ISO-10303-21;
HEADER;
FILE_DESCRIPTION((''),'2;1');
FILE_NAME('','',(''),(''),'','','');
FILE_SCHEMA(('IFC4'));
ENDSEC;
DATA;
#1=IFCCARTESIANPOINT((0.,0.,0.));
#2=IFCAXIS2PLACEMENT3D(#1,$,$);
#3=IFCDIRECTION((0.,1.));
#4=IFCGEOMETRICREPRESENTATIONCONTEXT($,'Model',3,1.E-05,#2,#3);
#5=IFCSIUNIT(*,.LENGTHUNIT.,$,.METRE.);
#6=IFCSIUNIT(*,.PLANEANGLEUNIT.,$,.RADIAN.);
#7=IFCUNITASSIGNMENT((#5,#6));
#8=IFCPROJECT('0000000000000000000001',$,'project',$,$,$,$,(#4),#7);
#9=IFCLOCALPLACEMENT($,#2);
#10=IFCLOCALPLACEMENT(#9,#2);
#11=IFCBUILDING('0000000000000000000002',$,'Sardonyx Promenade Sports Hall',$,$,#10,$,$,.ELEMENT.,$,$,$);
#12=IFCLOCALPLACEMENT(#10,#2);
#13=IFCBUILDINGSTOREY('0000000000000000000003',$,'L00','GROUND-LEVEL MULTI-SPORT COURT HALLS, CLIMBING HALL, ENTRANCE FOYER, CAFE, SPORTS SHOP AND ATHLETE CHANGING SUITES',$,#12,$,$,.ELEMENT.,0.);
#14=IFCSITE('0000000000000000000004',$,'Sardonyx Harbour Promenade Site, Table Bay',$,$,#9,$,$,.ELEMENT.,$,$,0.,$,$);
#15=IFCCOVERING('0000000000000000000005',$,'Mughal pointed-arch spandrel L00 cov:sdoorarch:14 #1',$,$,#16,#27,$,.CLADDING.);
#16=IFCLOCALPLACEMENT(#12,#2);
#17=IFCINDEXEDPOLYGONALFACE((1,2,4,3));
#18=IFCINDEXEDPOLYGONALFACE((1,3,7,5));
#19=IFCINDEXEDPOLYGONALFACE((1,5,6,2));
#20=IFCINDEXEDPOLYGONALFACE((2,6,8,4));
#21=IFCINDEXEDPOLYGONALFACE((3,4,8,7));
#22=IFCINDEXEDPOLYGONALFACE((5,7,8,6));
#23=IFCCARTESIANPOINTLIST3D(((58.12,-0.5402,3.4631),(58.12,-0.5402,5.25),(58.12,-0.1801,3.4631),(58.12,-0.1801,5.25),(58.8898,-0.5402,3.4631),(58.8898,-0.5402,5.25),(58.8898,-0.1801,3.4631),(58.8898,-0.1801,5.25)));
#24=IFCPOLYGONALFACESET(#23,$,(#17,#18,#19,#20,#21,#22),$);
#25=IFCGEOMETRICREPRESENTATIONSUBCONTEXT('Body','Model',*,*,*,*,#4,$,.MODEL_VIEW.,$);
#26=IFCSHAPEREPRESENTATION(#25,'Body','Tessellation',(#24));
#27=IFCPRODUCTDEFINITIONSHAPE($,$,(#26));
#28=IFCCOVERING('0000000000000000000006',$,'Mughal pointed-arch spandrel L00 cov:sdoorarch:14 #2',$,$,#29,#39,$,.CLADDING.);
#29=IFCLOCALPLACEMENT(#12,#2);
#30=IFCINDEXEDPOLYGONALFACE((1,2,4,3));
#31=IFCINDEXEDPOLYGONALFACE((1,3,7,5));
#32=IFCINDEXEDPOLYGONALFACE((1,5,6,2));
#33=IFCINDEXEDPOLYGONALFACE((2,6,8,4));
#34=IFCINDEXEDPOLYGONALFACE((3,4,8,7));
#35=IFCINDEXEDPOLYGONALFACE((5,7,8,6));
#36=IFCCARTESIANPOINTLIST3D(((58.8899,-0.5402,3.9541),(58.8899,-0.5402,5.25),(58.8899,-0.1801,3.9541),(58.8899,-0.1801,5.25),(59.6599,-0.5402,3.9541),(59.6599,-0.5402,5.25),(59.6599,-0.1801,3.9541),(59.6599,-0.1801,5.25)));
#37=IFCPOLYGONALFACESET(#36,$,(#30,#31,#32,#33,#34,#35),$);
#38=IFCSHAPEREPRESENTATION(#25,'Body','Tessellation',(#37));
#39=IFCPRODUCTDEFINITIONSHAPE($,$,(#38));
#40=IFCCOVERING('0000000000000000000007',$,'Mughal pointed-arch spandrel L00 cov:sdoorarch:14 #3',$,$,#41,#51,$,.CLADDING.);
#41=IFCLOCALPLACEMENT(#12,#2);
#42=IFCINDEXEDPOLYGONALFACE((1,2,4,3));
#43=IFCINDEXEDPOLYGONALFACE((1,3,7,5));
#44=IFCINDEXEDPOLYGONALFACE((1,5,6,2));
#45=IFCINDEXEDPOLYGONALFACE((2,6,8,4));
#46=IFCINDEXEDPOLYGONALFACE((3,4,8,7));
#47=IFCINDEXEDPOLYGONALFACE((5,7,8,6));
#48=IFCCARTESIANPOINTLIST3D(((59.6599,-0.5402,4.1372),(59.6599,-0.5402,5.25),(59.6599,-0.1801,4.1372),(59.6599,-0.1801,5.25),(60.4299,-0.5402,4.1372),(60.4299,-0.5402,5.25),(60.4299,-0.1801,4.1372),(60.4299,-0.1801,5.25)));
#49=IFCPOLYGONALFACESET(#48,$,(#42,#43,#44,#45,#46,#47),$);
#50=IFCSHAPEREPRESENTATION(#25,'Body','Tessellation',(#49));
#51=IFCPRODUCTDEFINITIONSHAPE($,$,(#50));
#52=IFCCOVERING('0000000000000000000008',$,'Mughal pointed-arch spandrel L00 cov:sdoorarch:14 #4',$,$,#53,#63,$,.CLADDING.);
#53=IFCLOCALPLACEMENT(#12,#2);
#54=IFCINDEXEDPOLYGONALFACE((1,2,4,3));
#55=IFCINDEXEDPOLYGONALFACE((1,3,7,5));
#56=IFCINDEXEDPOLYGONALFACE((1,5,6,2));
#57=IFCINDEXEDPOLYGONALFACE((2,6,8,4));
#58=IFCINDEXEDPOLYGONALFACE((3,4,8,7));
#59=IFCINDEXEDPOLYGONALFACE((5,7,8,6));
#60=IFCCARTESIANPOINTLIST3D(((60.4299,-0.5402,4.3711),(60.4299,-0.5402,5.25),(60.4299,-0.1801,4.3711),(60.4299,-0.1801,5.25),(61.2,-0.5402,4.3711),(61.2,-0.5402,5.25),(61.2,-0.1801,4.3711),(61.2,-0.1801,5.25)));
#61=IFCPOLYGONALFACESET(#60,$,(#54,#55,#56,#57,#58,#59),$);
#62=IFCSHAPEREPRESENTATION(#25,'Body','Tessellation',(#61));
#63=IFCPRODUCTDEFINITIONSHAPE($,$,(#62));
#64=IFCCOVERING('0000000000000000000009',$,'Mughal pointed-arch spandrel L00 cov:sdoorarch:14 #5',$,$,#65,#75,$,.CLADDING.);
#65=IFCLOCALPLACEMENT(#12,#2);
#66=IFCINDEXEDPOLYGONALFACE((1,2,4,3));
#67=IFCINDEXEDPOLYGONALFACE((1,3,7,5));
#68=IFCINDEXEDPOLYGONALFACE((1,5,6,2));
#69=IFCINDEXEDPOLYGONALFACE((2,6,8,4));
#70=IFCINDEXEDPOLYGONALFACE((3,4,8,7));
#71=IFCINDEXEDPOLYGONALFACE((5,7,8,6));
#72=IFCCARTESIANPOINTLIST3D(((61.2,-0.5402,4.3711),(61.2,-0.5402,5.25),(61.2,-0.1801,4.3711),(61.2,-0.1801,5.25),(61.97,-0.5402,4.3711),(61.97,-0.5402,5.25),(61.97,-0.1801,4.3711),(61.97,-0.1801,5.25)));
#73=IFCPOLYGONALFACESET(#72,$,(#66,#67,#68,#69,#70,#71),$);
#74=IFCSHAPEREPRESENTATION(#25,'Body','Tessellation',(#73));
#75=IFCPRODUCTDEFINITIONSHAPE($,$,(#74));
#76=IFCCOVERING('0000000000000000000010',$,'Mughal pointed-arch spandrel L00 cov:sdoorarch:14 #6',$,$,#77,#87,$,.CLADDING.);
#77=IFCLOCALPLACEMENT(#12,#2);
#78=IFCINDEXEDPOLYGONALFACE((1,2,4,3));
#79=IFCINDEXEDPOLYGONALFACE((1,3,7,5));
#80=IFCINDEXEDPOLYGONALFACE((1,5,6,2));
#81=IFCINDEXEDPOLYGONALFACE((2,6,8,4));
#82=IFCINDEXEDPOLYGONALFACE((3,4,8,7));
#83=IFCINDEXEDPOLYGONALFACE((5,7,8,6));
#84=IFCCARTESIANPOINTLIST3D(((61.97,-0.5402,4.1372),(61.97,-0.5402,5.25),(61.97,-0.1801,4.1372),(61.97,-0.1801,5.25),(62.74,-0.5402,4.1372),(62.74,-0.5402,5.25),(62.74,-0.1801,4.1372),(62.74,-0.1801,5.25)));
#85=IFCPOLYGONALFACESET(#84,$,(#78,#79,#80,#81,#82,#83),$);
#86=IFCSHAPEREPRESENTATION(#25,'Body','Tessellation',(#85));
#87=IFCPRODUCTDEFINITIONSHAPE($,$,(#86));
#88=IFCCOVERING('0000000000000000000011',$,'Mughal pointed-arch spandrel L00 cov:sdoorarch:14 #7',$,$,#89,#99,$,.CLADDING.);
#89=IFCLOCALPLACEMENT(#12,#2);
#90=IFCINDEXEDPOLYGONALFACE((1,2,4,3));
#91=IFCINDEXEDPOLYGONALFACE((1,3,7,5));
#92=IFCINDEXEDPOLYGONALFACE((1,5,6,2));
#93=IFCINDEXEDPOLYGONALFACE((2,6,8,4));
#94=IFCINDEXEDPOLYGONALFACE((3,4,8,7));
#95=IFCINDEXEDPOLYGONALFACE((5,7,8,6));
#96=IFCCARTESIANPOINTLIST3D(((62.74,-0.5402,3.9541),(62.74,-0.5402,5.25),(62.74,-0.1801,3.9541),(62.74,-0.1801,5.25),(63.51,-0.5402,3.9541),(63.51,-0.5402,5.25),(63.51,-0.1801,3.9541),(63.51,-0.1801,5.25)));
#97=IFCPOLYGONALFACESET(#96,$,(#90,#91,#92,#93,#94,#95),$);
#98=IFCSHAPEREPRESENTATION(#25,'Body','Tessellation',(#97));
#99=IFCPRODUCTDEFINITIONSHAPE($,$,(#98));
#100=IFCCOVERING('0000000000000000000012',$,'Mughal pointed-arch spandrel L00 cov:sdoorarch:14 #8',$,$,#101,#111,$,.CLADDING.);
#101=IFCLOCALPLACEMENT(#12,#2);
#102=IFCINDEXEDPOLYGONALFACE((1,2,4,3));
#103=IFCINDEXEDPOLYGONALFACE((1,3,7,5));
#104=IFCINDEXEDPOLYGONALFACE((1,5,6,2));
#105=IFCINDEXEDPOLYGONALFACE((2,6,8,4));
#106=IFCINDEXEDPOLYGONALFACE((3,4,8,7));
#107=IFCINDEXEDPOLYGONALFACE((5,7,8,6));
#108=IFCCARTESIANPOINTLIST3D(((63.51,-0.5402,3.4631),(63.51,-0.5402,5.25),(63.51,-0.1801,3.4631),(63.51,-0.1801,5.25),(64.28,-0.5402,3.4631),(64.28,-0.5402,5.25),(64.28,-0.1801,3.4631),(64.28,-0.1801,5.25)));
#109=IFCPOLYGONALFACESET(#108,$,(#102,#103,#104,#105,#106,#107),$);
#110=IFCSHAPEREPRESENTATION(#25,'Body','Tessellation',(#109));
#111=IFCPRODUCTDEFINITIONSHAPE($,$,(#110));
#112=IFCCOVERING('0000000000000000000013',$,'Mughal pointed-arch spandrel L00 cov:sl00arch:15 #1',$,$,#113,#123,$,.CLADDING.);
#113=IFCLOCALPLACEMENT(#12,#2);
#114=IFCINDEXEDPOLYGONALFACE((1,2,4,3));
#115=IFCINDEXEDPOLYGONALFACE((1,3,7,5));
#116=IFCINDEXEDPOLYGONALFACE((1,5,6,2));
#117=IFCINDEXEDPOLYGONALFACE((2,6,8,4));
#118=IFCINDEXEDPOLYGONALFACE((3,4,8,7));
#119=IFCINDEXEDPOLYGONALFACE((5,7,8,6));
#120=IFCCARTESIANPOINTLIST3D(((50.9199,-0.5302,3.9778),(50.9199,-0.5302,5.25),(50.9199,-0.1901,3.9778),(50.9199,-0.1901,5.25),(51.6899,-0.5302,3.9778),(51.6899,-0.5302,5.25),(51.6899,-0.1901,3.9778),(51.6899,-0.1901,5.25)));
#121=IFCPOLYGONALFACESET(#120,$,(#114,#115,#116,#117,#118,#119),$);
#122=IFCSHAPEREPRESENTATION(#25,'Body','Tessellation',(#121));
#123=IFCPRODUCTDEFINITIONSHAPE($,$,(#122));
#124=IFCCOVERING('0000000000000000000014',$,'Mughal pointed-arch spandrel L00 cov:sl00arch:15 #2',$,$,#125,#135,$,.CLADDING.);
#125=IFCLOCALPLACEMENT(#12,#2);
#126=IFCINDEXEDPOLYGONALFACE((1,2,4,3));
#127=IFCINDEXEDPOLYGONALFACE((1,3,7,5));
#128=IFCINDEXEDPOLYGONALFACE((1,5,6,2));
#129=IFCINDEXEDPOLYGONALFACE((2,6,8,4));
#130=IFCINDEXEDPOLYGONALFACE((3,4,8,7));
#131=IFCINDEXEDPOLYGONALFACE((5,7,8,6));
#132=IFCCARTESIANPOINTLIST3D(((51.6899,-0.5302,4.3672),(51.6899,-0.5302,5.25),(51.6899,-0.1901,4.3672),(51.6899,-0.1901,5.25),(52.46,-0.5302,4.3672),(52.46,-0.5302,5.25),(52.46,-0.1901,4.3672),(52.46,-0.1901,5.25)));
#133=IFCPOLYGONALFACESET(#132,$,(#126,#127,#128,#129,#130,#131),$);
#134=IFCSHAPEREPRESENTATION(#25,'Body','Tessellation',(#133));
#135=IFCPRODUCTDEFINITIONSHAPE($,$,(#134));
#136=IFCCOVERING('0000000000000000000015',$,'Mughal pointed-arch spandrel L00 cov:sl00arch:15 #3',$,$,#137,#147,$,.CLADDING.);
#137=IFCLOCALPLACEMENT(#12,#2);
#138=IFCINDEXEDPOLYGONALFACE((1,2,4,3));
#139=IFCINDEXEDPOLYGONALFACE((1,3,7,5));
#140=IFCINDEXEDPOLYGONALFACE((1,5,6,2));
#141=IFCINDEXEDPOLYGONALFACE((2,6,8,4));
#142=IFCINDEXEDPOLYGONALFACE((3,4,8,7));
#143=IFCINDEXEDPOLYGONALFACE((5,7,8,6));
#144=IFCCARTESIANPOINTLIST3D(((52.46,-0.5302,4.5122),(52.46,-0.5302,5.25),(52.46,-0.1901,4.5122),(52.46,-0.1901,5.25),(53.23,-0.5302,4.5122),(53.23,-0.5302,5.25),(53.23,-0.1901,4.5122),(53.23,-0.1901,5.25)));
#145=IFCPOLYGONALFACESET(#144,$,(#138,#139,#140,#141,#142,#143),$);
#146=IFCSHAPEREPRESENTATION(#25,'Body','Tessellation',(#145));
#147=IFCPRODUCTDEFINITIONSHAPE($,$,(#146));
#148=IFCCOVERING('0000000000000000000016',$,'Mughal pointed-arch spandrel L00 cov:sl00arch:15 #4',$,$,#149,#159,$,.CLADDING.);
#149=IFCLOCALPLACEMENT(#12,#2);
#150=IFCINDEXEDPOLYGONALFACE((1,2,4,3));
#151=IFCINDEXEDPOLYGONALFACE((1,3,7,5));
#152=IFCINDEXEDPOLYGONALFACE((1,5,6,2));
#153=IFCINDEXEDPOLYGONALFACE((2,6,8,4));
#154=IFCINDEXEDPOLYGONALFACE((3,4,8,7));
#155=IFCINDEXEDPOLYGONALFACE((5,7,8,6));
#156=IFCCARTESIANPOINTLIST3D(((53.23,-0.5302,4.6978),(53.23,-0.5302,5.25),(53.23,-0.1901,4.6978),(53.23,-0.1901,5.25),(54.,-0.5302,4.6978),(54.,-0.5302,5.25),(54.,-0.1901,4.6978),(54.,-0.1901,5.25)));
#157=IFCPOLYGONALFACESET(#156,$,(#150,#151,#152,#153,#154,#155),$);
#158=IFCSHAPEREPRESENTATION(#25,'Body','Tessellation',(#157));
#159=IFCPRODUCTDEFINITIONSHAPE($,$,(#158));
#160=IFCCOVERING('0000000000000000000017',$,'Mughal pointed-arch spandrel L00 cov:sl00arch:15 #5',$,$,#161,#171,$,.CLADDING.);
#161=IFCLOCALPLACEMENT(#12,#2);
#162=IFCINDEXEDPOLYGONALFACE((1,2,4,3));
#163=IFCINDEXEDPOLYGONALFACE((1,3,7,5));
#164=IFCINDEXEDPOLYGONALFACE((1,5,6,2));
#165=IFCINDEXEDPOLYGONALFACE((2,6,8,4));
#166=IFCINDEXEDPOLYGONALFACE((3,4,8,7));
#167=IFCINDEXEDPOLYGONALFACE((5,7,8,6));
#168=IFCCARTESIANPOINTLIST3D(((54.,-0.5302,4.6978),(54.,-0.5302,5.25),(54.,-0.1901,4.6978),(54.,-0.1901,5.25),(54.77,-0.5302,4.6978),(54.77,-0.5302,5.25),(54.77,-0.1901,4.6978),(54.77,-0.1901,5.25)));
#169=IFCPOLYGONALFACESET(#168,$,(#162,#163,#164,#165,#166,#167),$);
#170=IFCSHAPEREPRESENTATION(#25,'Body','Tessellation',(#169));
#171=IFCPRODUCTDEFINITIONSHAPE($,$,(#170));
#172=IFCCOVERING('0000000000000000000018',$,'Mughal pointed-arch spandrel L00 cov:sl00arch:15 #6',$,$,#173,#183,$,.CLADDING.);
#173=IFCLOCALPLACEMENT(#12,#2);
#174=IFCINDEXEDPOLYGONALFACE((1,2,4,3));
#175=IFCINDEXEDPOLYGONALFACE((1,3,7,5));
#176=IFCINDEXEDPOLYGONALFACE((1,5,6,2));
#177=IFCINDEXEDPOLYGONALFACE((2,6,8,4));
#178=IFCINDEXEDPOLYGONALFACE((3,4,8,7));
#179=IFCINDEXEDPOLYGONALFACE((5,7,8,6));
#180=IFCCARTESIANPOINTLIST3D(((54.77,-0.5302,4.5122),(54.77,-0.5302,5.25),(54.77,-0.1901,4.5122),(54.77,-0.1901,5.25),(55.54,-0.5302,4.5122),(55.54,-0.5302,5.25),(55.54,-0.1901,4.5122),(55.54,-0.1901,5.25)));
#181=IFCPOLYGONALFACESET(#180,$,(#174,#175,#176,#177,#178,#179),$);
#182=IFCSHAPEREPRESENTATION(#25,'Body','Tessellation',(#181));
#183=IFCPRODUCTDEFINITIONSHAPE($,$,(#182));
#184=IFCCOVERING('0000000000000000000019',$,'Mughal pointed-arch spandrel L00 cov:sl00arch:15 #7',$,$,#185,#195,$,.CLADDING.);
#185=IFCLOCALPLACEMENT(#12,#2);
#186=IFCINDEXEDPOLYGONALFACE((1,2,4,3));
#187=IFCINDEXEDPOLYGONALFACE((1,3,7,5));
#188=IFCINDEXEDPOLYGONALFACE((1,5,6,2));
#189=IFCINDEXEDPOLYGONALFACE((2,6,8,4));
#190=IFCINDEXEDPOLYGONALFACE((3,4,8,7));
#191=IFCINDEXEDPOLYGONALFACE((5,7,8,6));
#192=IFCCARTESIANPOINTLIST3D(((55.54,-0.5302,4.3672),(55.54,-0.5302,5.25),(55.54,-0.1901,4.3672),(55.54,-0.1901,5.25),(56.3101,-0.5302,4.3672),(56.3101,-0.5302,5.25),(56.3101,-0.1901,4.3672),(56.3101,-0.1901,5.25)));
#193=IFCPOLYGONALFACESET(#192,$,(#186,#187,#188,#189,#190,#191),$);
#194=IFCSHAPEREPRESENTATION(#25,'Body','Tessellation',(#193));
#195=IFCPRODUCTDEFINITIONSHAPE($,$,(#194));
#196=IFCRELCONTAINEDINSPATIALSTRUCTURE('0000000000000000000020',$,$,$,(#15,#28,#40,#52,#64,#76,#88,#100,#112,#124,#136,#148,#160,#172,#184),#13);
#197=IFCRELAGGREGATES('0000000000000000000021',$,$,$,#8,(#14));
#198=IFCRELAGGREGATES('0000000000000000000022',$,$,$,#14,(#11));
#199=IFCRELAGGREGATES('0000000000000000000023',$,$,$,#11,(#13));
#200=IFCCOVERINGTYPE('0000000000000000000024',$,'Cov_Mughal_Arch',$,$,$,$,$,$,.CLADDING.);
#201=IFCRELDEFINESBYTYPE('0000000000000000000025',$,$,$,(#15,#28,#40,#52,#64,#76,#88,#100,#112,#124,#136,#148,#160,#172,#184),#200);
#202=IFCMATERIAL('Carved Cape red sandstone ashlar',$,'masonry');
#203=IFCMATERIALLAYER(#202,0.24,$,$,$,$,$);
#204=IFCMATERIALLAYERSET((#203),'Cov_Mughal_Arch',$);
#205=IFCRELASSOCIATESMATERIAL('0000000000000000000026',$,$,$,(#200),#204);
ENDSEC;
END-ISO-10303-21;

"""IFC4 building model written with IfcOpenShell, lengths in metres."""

from ifc_helpers import new_model, si_unit, direction, frame, frame_2d, origin, place, context, subcontext, project, spatial, rectangle, extrude, material, layer, layer_set, type_object, element, save


model = new_model("IFC4")

# Units and contexts
model_context = context("Model", 3, precision=1e-05, world=origin(), true_north=direction((0.0, 1.0)))
body_context = subcontext(model_context, "Body", "Model", "MODEL_VIEW")
ifc_project = project(units=[si_unit("LENGTHUNIT", "METRE"), si_unit("PLANEANGLEUNIT", "RADIAN")], contexts=[model_context])

# Site, building, storey
site_placement = place(None, origin())
site = spatial("IfcSite", under=ifc_project, at=site_placement, Name="Sardonyx Harbour Promenade Site, Table Bay", CompositionType="ELEMENT", RefElevation=0.0)
building_placement = place(site_placement, origin())
building = spatial("IfcBuilding", under=site, at=building_placement, Name="Sardonyx Promenade Sports Hall", CompositionType="ELEMENT")
storey_placement = place(building_placement, origin())
storey = spatial("IfcBuildingStorey", under=building, at=storey_placement, Name="L00", Description="GROUND-LEVEL MULTI-SPORT COURT HALLS, CLIMBING HALL, ENTRANCE FOYER, CAFE, SPORTS SHOP AND ATHLETE CHANGING SUITES", CompositionType="ELEMENT", Elevation=0.0)

# Coverings
ifc_material_1 = material(Name="Carved Cape red sandstone ashlar", Category="masonry")
ifc_layer_1 = layer(ifc_material_1, 0.24)
ifc_layer_set_1 = layer_set([ifc_layer_1], Name="Cov_Mughal_Arch")
covering_type = type_object("IfcCoveringType", Name="Cov_Mughal_Arch", PredefinedType="CLADDING", material=ifc_layer_set_1)
covering_1_placement = place(storey_placement, frame((58.1201, -0.3601, 3.4631), z_axis=(0.0, 0.0, 1.0), x_axis=(1.0, 0.0, 0.0)))
element("IfcCovering", 1, at=covering_1_placement, inside=storey, type_object=covering_type, Name="Mughal pointed-arch spandrel L00 cov:sdoorarch:14 #1", PredefinedType="CLADDING", context=body_context, shape_type="SweptSolid", body=[
    extrude(rectangle(XDim=0.7698, YDim=0.3601, at=frame_2d((0.3848, 0.0))), origin(), (0.0, 0.0, 1.0), 1.7869),
])
covering_2_placement = place(storey_placement, frame((58.8899, -0.3601, 3.9541), z_axis=(0.0, 0.0, 1.0), x_axis=(1.0, 0.0, 0.0)))
element("IfcCovering", 2, at=covering_2_placement, inside=storey, type_object=covering_type, Name="Mughal pointed-arch spandrel L00 cov:sdoorarch:14 #2", PredefinedType="CLADDING", context=body_context, shape_type="SweptSolid", body=[
    extrude(rectangle(XDim=0.77, YDim=0.3601, at=frame_2d((0.385, 0.0))), origin(), (0.0, 0.0, 1.0), 1.2959),
])
covering_3_placement = place(storey_placement, frame((59.6599, -0.3601, 4.1372), z_axis=(0.0, 0.0, 1.0), x_axis=(1.0, 0.0, 0.0)))
element("IfcCovering", 3, at=covering_3_placement, inside=storey, type_object=covering_type, Name="Mughal pointed-arch spandrel L00 cov:sdoorarch:14 #3", PredefinedType="CLADDING", context=body_context, shape_type="SweptSolid", body=[
    extrude(rectangle(XDim=0.77, YDim=0.3601, at=frame_2d((0.385, 0.0))), origin(), (0.0, 0.0, 1.0), 1.1128),
])
for number, where, z_axis, x_axis, name in (
    (4, (60.4299, -0.3601, 4.3711), (0.0, 0.0, 1.0), (1.0, 0.0, 0.0), "Mughal pointed-arch spandrel L00 cov:sdoorarch:14 #4"),
    (5, (61.2, -0.3601, 4.3711), (0.0, 0.0, 1.0), (1.0, 0.0, 0.0), "Mughal pointed-arch spandrel L00 cov:sdoorarch:14 #5"),
):
    element("IfcCovering", number, at=place(storey_placement, frame(where, z_axis=z_axis, x_axis=x_axis)), inside=storey, type_object=covering_type, Name=name, PredefinedType="CLADDING", context=body_context, shape_type="SweptSolid", body=[
        extrude(rectangle(XDim=0.77, YDim=0.3601, at=frame_2d((0.385, 0.0))), origin(), (0.0, 0.0, 1.0), 0.8789),
    ])
covering_4_placement = place(storey_placement, frame((61.97, -0.3601, 4.1372), z_axis=(0.0, 0.0, 1.0), x_axis=(1.0, 0.0, 0.0)))
element("IfcCovering", 6, at=covering_4_placement, inside=storey, type_object=covering_type, Name="Mughal pointed-arch spandrel L00 cov:sdoorarch:14 #6", PredefinedType="CLADDING", context=body_context, shape_type="SweptSolid", body=[
    extrude(rectangle(XDim=0.77, YDim=0.3601, at=frame_2d((0.385, 0.0))), origin(), (0.0, 0.0, 1.0), 1.1128),
])
covering_5_placement = place(storey_placement, frame((62.74, -0.3601, 3.9541), z_axis=(0.0, 0.0, 1.0), x_axis=(1.0, 0.0, 0.0)))
element("IfcCovering", 7, at=covering_5_placement, inside=storey, type_object=covering_type, Name="Mughal pointed-arch spandrel L00 cov:sdoorarch:14 #7", PredefinedType="CLADDING", context=body_context, shape_type="SweptSolid", body=[
    extrude(rectangle(XDim=0.77, YDim=0.3601, at=frame_2d((0.385, 0.0))), origin(), (0.0, 0.0, 1.0), 1.2959),
])
covering_6_placement = place(storey_placement, frame((63.51, -0.3601, 3.4631), z_axis=(0.0, 0.0, 1.0), x_axis=(1.0, 0.0, 0.0)))
element("IfcCovering", 8, at=covering_6_placement, inside=storey, type_object=covering_type, Name="Mughal pointed-arch spandrel L00 cov:sdoorarch:14 #8", PredefinedType="CLADDING", context=body_context, shape_type="SweptSolid", body=[
    extrude(rectangle(XDim=0.77, YDim=0.3601, at=frame_2d((0.385, 0.0))), origin(), (0.0, 0.0, 1.0), 1.7869),
])
covering_7_placement = place(storey_placement, frame((50.9199, -0.3601, 3.9778), z_axis=(0.0, 0.0, 1.0), x_axis=(1.0, 0.0, 0.0)))
element("IfcCovering", 9, at=covering_7_placement, inside=storey, type_object=covering_type, Name="Mughal pointed-arch spandrel L00 cov:sl00arch:15 #1", PredefinedType="CLADDING", context=body_context, shape_type="SweptSolid", body=[
    extrude(rectangle(XDim=0.77, YDim=0.3401, at=frame_2d((0.385, 0.0))), origin(), (0.0, 0.0, 1.0), 1.2722),
])
covering_8_placement = place(storey_placement, frame((51.6899, -0.3601, 4.3672), z_axis=(0.0, 0.0, 1.0), x_axis=(1.0, 0.0, 0.0)))
element("IfcCovering", 10, at=covering_8_placement, inside=storey, type_object=covering_type, Name="Mughal pointed-arch spandrel L00 cov:sl00arch:15 #2", PredefinedType="CLADDING", context=body_context, shape_type="SweptSolid", body=[
    extrude(rectangle(XDim=0.77, YDim=0.3401, at=frame_2d((0.385, 0.0))), origin(), (0.0, 0.0, 1.0), 0.8828),
])
covering_9_placement = place(storey_placement, frame((52.46, -0.3601, 4.5122), z_axis=(0.0, 0.0, 1.0), x_axis=(1.0, 0.0, 0.0)))
element("IfcCovering", 11, at=covering_9_placement, inside=storey, type_object=covering_type, Name="Mughal pointed-arch spandrel L00 cov:sl00arch:15 #3", PredefinedType="CLADDING", context=body_context, shape_type="SweptSolid", body=[
    extrude(rectangle(XDim=0.77, YDim=0.3401, at=frame_2d((0.385, 0.0))), origin(), (0.0, 0.0, 1.0), 0.7378),
])
for number, where, z_axis, x_axis, name in (
    (12, (53.23, -0.3601, 4.6978), (0.0, 0.0, 1.0), (1.0, 0.0, 0.0), "Mughal pointed-arch spandrel L00 cov:sl00arch:15 #4"),
    (13, (54.0, -0.3601, 4.6978), (0.0, 0.0, 1.0), (1.0, 0.0, 0.0), "Mughal pointed-arch spandrel L00 cov:sl00arch:15 #5"),
):
    element("IfcCovering", number, at=place(storey_placement, frame(where, z_axis=z_axis, x_axis=x_axis)), inside=storey, type_object=covering_type, Name=name, PredefinedType="CLADDING", context=body_context, shape_type="SweptSolid", body=[
        extrude(rectangle(XDim=0.77, YDim=0.3401, at=frame_2d((0.385, 0.0))), origin(), (0.0, 0.0, 1.0), 0.5522),
    ])
covering_10_placement = place(storey_placement, frame((54.77, -0.3601, 4.5122), z_axis=(0.0, 0.0, 1.0), x_axis=(1.0, 0.0, 0.0)))
element("IfcCovering", 14, at=covering_10_placement, inside=storey, type_object=covering_type, Name="Mughal pointed-arch spandrel L00 cov:sl00arch:15 #6", PredefinedType="CLADDING", context=body_context, shape_type="SweptSolid", body=[
    extrude(rectangle(XDim=0.77, YDim=0.3401, at=frame_2d((0.385, 0.0))), origin(), (0.0, 0.0, 1.0), 0.7378),
])
covering_11_placement = place(storey_placement, frame((55.54, -0.3601, 4.3672), z_axis=(0.0, 0.0, 1.0), x_axis=(1.0, 0.0, 0.0)))
element("IfcCovering", 15, at=covering_11_placement, inside=storey, type_object=covering_type, Name="Mughal pointed-arch spandrel L00 cov:sl00arch:15 #7", PredefinedType="CLADDING", context=body_context, shape_type="SweptSolid", body=[
    extrude(rectangle(XDim=0.77, YDim=0.3401, at=frame_2d((0.385, 0.0))), origin(), (0.0, 0.0, 1.0), 0.8828),
])

save(model, "model.ifc")
